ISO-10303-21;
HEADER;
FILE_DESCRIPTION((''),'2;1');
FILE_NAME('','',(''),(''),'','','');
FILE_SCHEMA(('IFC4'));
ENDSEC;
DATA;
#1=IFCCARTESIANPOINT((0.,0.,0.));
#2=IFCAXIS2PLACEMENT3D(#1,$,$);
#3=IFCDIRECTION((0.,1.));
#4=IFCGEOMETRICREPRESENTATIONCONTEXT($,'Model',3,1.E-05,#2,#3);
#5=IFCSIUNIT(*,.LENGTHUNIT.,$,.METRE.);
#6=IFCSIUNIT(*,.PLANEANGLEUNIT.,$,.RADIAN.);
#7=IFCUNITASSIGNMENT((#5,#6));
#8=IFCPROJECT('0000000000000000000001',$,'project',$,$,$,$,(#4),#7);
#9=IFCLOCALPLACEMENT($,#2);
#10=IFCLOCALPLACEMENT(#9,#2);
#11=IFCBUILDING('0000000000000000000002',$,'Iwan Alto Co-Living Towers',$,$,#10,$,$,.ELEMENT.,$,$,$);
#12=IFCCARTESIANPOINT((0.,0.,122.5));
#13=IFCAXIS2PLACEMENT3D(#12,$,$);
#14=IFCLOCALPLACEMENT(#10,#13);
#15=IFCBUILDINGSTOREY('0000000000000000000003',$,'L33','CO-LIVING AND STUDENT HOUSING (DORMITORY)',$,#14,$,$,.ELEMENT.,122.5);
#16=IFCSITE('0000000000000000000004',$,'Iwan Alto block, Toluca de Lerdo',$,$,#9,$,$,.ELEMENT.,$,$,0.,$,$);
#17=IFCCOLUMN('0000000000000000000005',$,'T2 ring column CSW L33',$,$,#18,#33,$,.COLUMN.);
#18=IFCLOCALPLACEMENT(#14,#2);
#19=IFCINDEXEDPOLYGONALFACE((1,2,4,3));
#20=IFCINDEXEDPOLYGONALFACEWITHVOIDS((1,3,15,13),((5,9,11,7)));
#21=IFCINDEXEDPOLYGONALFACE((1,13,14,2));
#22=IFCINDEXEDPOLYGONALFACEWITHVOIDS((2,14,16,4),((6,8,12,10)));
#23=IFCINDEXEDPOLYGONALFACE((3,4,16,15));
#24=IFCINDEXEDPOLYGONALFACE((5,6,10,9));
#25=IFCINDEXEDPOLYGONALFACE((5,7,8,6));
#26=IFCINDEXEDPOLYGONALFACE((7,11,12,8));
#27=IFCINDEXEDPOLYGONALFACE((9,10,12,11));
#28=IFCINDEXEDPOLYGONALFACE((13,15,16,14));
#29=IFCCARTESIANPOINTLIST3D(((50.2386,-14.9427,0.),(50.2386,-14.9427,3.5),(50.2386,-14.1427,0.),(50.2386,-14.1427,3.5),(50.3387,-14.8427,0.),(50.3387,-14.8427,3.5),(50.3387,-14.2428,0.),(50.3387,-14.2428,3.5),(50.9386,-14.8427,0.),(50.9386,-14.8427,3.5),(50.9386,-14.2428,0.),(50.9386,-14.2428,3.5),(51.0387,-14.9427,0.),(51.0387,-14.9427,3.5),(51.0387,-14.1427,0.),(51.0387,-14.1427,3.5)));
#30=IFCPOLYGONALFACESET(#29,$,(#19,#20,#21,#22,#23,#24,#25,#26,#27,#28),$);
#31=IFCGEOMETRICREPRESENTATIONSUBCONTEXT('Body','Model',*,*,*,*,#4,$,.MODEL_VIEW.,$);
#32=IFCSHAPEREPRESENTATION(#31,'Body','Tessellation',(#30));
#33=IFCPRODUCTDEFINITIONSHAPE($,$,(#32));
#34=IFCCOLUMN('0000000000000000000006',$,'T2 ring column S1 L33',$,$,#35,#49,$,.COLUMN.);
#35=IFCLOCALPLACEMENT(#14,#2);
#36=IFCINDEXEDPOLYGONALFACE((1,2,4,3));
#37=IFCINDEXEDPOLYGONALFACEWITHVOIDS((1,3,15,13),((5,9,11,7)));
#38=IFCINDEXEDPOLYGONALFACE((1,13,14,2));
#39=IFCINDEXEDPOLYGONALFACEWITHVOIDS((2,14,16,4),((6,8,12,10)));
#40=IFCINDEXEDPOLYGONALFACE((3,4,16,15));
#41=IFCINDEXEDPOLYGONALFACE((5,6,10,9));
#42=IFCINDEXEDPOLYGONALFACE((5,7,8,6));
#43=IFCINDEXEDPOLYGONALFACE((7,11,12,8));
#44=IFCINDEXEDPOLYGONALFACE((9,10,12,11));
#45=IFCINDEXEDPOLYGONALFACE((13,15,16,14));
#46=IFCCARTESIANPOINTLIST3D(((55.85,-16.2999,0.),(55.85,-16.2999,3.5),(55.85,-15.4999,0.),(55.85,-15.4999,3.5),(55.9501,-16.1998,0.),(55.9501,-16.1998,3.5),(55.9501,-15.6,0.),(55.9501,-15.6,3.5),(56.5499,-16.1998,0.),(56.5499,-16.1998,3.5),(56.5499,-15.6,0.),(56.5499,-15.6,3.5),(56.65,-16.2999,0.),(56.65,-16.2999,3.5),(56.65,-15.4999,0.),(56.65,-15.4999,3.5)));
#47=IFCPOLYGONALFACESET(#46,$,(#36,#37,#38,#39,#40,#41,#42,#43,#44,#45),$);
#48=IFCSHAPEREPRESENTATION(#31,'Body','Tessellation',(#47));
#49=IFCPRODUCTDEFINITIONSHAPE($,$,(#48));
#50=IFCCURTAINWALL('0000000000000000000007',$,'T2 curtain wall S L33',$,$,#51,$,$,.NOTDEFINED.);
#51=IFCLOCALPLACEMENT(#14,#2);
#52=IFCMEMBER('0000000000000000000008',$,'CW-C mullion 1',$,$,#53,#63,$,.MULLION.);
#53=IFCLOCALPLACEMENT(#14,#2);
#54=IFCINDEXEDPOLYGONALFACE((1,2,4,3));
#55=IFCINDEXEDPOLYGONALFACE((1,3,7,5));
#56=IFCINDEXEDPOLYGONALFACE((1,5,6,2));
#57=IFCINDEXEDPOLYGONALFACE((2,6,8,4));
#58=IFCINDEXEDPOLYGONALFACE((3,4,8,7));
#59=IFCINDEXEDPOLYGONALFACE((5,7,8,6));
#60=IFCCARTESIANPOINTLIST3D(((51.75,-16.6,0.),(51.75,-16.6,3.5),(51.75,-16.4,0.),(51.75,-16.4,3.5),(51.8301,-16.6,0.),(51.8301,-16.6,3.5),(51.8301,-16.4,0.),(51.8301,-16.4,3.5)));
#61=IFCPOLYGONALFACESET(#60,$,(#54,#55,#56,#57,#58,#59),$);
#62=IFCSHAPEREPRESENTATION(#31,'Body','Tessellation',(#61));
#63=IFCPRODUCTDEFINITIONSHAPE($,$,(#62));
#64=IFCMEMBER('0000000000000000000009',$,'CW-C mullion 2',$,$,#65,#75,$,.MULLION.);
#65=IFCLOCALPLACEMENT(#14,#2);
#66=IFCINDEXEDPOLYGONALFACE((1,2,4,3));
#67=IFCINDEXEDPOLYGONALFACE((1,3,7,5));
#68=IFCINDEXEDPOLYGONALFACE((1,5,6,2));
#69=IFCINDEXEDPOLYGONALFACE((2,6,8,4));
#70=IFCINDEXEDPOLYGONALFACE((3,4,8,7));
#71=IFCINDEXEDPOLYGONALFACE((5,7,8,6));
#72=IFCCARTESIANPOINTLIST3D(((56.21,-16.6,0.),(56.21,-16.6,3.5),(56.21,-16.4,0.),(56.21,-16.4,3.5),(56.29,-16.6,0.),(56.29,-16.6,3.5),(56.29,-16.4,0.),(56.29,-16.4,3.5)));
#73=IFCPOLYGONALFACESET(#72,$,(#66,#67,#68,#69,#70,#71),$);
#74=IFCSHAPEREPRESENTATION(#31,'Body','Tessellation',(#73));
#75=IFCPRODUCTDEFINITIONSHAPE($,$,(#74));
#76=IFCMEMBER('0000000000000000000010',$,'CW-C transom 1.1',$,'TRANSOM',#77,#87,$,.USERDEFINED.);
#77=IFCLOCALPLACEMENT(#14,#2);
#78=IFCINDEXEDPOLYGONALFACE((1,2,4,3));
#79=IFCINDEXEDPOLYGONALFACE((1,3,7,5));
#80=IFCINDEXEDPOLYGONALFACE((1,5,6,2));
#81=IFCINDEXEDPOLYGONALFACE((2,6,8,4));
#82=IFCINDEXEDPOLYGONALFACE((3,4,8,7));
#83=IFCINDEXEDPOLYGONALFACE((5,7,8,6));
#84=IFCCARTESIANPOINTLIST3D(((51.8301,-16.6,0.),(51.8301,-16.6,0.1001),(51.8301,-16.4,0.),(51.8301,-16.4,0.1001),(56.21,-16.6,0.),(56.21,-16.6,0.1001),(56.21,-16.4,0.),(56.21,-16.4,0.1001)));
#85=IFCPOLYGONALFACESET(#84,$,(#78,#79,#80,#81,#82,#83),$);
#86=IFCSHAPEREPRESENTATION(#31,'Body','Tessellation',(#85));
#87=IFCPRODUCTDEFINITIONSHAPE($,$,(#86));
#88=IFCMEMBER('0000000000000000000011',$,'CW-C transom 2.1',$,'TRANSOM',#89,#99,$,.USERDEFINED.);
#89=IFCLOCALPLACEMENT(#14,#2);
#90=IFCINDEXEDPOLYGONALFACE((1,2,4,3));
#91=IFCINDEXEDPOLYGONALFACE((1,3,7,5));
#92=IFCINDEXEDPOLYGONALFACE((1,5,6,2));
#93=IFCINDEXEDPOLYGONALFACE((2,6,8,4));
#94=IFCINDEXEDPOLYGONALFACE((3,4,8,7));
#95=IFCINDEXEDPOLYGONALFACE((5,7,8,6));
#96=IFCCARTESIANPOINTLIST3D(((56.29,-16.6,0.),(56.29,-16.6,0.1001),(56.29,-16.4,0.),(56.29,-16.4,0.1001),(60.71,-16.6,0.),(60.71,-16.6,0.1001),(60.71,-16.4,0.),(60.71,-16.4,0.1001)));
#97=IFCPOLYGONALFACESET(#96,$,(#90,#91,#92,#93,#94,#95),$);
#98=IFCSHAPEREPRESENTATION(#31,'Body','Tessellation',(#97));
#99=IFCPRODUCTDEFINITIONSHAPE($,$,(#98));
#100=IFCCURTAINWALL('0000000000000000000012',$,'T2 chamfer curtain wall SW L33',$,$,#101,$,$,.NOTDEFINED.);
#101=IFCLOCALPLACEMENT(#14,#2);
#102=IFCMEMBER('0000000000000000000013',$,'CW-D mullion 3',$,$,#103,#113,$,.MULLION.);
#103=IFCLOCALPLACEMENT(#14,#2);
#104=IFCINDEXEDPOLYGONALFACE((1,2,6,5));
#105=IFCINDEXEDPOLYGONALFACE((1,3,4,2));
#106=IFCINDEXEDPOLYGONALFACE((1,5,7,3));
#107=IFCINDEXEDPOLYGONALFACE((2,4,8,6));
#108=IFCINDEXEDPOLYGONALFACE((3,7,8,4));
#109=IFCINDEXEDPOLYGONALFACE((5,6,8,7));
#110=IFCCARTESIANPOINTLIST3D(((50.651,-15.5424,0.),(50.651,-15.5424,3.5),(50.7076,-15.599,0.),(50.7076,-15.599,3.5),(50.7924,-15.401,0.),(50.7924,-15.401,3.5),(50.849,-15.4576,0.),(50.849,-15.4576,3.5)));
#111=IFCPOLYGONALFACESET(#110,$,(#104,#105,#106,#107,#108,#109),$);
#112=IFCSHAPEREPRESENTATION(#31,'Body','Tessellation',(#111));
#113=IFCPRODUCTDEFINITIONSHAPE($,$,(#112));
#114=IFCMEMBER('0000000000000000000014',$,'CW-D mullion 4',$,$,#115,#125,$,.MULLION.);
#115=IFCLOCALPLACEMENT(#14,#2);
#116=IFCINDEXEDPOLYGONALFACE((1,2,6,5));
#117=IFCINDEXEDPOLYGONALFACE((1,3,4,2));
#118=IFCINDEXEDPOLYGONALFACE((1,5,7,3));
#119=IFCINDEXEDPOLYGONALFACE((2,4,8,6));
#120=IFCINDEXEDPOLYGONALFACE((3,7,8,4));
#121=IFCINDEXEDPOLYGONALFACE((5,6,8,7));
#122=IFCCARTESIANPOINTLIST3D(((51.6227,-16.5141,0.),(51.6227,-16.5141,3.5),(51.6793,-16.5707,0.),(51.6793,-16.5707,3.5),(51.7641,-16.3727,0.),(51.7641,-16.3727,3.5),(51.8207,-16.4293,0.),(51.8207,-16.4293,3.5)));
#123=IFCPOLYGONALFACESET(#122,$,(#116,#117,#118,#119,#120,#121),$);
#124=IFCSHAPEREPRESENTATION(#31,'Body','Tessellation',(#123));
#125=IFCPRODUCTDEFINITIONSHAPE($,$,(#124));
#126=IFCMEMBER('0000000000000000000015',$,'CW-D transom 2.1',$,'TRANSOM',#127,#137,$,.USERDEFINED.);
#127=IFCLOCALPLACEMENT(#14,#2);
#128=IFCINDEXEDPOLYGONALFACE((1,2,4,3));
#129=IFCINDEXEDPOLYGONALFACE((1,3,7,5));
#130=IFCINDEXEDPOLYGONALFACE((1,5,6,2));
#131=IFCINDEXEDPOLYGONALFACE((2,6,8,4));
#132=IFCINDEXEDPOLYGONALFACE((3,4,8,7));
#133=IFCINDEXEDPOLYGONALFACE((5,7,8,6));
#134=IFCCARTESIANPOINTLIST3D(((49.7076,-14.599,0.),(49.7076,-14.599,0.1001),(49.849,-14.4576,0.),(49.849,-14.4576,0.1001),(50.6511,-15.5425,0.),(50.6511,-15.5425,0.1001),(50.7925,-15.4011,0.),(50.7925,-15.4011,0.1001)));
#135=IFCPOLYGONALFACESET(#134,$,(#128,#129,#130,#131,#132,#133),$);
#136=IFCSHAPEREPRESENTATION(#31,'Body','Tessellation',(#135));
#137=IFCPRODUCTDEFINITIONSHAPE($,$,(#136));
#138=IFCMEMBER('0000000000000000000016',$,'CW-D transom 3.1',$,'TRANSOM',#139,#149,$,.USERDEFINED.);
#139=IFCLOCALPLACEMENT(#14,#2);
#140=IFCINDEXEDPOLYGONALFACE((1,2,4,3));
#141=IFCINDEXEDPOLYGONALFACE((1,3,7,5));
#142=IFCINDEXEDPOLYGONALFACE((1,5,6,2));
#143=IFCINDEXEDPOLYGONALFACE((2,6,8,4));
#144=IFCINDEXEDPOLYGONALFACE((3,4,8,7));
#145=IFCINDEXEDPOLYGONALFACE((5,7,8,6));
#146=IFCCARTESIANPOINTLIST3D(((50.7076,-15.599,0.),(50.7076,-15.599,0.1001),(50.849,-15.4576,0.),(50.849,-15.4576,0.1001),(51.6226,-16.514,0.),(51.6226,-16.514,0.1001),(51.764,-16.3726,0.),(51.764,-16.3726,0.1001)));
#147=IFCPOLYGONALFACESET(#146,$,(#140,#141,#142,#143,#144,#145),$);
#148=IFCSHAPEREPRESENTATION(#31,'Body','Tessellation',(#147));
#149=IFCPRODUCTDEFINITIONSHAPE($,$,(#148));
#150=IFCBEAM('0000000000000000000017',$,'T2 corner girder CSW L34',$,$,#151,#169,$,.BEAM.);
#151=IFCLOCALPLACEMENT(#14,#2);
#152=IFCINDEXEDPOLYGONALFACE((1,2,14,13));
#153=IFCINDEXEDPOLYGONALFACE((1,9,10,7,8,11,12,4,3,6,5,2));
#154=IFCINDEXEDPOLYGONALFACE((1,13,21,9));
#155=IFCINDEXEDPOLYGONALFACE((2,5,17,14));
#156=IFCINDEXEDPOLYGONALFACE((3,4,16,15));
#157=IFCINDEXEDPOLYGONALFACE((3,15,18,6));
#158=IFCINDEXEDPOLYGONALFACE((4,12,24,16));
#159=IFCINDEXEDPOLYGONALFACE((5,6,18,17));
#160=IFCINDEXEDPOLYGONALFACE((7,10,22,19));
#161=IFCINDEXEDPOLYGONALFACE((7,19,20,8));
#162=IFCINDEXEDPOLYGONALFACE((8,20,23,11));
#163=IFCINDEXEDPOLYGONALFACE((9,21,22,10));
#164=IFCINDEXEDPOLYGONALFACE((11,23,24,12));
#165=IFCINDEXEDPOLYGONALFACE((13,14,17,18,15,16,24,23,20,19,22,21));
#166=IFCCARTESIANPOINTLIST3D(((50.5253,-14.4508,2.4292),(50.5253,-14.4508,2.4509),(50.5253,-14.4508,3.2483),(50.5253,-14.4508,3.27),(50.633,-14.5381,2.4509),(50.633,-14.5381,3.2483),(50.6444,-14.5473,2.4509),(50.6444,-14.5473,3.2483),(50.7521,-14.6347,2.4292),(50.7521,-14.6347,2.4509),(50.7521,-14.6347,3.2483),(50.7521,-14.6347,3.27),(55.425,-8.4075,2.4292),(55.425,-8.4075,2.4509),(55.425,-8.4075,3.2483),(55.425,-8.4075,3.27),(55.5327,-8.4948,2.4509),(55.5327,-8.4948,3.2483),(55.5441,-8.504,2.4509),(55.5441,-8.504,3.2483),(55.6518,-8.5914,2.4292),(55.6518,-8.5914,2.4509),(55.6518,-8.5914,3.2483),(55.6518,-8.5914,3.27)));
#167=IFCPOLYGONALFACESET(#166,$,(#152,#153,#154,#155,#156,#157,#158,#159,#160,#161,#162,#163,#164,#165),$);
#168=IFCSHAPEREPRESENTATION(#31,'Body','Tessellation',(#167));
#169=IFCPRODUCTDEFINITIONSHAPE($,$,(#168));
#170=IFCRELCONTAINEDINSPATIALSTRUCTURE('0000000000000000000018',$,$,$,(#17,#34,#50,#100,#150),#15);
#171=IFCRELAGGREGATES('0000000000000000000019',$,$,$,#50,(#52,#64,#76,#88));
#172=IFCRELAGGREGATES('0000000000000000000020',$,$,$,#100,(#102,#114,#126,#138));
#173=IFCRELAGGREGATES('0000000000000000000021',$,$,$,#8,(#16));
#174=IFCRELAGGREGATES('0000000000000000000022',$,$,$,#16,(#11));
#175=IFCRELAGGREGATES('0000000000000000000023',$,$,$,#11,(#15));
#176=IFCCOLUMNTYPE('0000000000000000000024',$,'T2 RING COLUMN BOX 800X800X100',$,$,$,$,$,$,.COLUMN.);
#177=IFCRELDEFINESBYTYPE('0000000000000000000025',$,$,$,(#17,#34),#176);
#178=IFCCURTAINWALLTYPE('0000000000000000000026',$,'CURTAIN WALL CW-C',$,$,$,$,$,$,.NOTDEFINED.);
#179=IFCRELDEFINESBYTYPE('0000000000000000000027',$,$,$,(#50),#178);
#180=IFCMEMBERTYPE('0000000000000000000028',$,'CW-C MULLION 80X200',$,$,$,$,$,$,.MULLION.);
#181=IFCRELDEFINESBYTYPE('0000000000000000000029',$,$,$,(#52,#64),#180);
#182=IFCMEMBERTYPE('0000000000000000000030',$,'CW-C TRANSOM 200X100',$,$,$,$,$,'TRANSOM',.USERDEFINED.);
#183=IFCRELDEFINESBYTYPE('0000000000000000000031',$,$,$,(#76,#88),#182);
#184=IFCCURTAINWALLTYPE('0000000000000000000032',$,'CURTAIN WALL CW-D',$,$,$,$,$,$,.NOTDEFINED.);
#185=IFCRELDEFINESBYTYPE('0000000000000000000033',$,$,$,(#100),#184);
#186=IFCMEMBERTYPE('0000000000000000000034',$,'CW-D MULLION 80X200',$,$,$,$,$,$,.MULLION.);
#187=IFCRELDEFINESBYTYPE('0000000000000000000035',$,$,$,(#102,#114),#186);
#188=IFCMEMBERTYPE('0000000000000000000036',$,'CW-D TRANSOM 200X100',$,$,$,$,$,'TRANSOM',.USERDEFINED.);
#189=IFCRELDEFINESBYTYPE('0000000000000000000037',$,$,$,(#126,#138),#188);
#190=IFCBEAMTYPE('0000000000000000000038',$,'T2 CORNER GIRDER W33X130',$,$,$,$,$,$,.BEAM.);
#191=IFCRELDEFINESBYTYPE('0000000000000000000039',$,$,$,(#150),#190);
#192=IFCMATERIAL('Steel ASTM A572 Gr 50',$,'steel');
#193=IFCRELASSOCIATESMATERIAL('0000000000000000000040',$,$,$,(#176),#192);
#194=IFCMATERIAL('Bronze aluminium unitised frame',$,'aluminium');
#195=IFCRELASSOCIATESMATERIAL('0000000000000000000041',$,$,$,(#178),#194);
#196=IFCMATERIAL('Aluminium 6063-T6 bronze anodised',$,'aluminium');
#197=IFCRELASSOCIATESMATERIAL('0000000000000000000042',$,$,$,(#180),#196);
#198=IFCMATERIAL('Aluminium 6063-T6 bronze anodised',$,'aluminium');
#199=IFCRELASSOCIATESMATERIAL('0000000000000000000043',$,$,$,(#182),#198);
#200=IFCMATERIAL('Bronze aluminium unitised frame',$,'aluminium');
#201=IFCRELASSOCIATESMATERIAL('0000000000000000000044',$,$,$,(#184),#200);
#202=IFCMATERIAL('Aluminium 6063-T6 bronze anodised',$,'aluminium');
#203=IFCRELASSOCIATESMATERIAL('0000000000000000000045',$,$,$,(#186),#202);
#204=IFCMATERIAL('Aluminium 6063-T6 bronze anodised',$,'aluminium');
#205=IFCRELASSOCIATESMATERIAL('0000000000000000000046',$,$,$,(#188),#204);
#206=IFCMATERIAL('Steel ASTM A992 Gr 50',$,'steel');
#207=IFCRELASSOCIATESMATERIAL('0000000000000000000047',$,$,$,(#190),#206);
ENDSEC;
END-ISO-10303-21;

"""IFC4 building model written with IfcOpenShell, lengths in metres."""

from ifc_helpers import new_model, si_unit, direction, frame, origin, origin_2d, place, context, subcontext, project, spatial, rectangle, hollow_rectangle, i_section, extrude, material, material_profile, profile_set, type_object, element, aggregate, save


model = new_model("IFC4")

# Units and contexts
model_context = context("Model", 3, precision=1e-05, world=origin(), true_north=direction((0.0, 1.0)))
body_context = subcontext(model_context, "Body", "Model", "MODEL_VIEW")
ifc_project = project(units=[si_unit("LENGTHUNIT", "METRE"), si_unit("PLANEANGLEUNIT", "RADIAN")], contexts=[model_context])

# Site, building, storey
site_placement = place(None, origin())
site = spatial("IfcSite", under=ifc_project, at=site_placement, Name="Iwan Alto block, Toluca de Lerdo", CompositionType="ELEMENT", RefElevation=0.0)
building_placement = place(site_placement, origin())
building = spatial("IfcBuilding", under=site, at=building_placement, Name="Iwan Alto Co-Living Towers", CompositionType="ELEMENT")
storey_placement = place(building_placement, frame((0.0, 0.0, 122.5)))
storey = spatial("IfcBuildingStorey", under=building, at=storey_placement, Name="L33", Description="CO-LIVING AND STUDENT HOUSING (DORMITORY)", CompositionType="ELEMENT", Elevation=122.5)

# Columns
ifc_material_1 = material(Name="Steel ASTM A572 Gr 50", Category="steel")
ifc_material_profile_1 = material_profile(ifc_material_1, hollow_rectangle(XDim=0.8, YDim=0.8, WallThickness=0.1001, at=origin_2d()), Name="BOX 800X800X100")
ifc_profile_set_1 = profile_set([ifc_material_profile_1], Name="Steel ASTM A572 Gr 50")
column_type = type_object("IfcColumnType", Name="T2 RING COLUMN BOX 800X800X100", PredefinedType="COLUMN", material=ifc_profile_set_1)
for number, where, z_axis, x_axis, name in (
    (1, (50.6387, -14.5427, 0.0), (0.0, 0.0, 1.0), (1.0, 0.0, 0.0), "T2 ring column CSW L33"),
    (2, (56.25, -15.8999, 0.0), (0.0, 0.0, 1.0), (1.0, 0.0, 0.0), "T2 ring column S1 L33"),
):
    element("IfcColumn", number, at=place(storey_placement, frame(where, z_axis=z_axis, x_axis=x_axis)), inside=storey, type_object=column_type, Name=name, PredefinedType="COLUMN", context=body_context, shape_type="SweptSolid", body=[
        extrude(hollow_rectangle(XDim=0.8, YDim=0.8, WallThickness=0.1001, at=origin_2d()), origin(), (0.0, 0.0, 1.0), 3.5),
    ])

# Curtain walls, members
ifc_material_2 = material(Name="Bronze aluminium unitised frame", Category="aluminium")
curtain_wall_type_1 = type_object("IfcCurtainWallType", Name="CURTAIN WALL CW-C", PredefinedType="NOTDEFINED", material=ifc_material_2)
curtain_wall_1_placement = place(storey_placement, origin())
curtain_wall_1 = element("IfcCurtainWall", 3, at=curtain_wall_1_placement, inside=storey, type_object=curtain_wall_type_1, Name="T2 curtain wall S L33", PredefinedType="NOTDEFINED")
ifc_material_3 = material(Name="Aluminium 6063-T6 bronze anodised", Category="aluminium")
ifc_material_profile_2 = material_profile(ifc_material_3, rectangle(XDim=0.2, YDim=0.0801, at=origin_2d()), Name="AL 80X200")
ifc_profile_set_2 = profile_set([ifc_material_profile_2], Name="Aluminium 6063-T6 bronze anodised")
member_type_1 = type_object("IfcMemberType", Name="CW-C MULLION 80X200", PredefinedType="MULLION", material=ifc_profile_set_2)
member_1_placement = place(storey_placement, frame((51.79, -16.5, 0.0), z_axis=(0.0, 0.0, 1.0), x_axis=(0.0, 1.0, 0.0)))
member_1 = element("IfcMember", 4, at=member_1_placement, type_object=member_type_1, Name="CW-C mullion 1", PredefinedType="MULLION", context=body_context, shape_type="SweptSolid", body=[
    extrude(rectangle(XDim=0.2, YDim=0.0801, at=origin_2d()), origin(), (0.0, 0.0, 1.0), 3.5),
])
member_2_placement = place(storey_placement, frame((56.25, -16.5, 0.0), z_axis=(0.0, 0.0, 1.0), x_axis=(0.0, 1.0, 0.0)))
member_2 = element("IfcMember", 5, at=member_2_placement, type_object=member_type_1, Name="CW-C mullion 2", PredefinedType="MULLION", context=body_context, shape_type="SweptSolid", body=[
    extrude(rectangle(XDim=0.2, YDim=0.0801, at=origin_2d()), origin(), (0.0, 0.0, 1.0), 3.5),
])
ifc_material_4 = material(Name="Aluminium 6063-T6 bronze anodised", Category="aluminium")
ifc_material_profile_3 = material_profile(ifc_material_4, rectangle(XDim=0.2, YDim=0.1001, at=origin_2d()), Name="AL 200X100")
ifc_profile_set_3 = profile_set([ifc_material_profile_3], Name="Aluminium 6063-T6 bronze anodised")
member_type_2 = type_object("IfcMemberType", Name="CW-C TRANSOM 200X100", ElementType="TRANSOM", PredefinedType="USERDEFINED", material=ifc_profile_set_3)
member_3_placement = place(storey_placement, frame((51.8301, -16.5, 0.05), z_axis=(1.0, 0.0, 0.0), x_axis=(0.0, 1.0, 0.0)))
member_3 = element("IfcMember", 6, at=member_3_placement, type_object=member_type_2, Name="CW-C transom 1.1", ObjectType="TRANSOM", PredefinedType="USERDEFINED", context=body_context, shape_type="SweptSolid", body=[
    extrude(rectangle(XDim=0.2, YDim=0.1001, at=origin_2d()), origin(), (0.0, 0.0, 1.0), 4.3799),
])
member_4_placement = place(storey_placement, frame((56.29, -16.5, 0.05), z_axis=(1.0, 0.0, 0.0), x_axis=(0.0, 1.0, 0.0)))
member_4 = element("IfcMember", 7, at=member_4_placement, type_object=member_type_2, Name="CW-C transom 2.1", ObjectType="TRANSOM", PredefinedType="USERDEFINED", context=body_context, shape_type="SweptSolid", body=[
    extrude(rectangle(XDim=0.2, YDim=0.1001, at=origin_2d()), origin(), (0.0, 0.0, 1.0), 4.4199),
])
ifc_material_5 = material(Name="Bronze aluminium unitised frame", Category="aluminium")
curtain_wall_type_2 = type_object("IfcCurtainWallType", Name="CURTAIN WALL CW-D", PredefinedType="NOTDEFINED", material=ifc_material_5)
curtain_wall_2_placement = place(storey_placement, origin())
curtain_wall_2 = element("IfcCurtainWall", 8, at=curtain_wall_2_placement, inside=storey, type_object=curtain_wall_type_2, Name="T2 chamfer curtain wall SW L33", PredefinedType="NOTDEFINED")
ifc_material_6 = material(Name="Aluminium 6063-T6 bronze anodised", Category="aluminium")
ifc_material_profile_4 = material_profile(ifc_material_6, rectangle(XDim=0.2, YDim=0.0801, at=origin_2d()), Name="AL 80X200")
ifc_profile_set_4 = profile_set([ifc_material_profile_4], Name="Aluminium 6063-T6 bronze anodised")
member_type_3 = type_object("IfcMemberType", Name="CW-D MULLION 80X200", PredefinedType="MULLION", material=ifc_profile_set_4)
member_5_placement = place(storey_placement, frame((50.75, -15.5, 0.0), z_axis=(0.0, 0.0, 1.0), x_axis=(0.707107, 0.707107, 0.0)))
member_5 = element("IfcMember", 9, at=member_5_placement, type_object=member_type_3, Name="CW-D mullion 3", PredefinedType="MULLION", context=body_context, shape_type="SweptSolid", body=[
    extrude(rectangle(XDim=0.2, YDim=0.0801, at=origin_2d()), origin(), (0.0, 0.0, 1.0), 3.5),
])
member_6_placement = place(storey_placement, frame((51.7217, -16.4717, 0.0), z_axis=(0.0, 0.0, 1.0), x_axis=(0.707107, 0.707107, 0.0)))
member_6 = element("IfcMember", 10, at=member_6_placement, type_object=member_type_3, Name="CW-D mullion 4", PredefinedType="MULLION", context=body_context, shape_type="SweptSolid", body=[
    extrude(rectangle(XDim=0.2, YDim=0.0801, at=origin_2d()), origin(), (0.0, 0.0, 1.0), 3.5),
])
ifc_material_7 = material(Name="Aluminium 6063-T6 bronze anodised", Category="aluminium")
ifc_material_profile_5 = material_profile(ifc_material_7, rectangle(XDim=0.2, YDim=0.1001, at=origin_2d()), Name="AL 200X100")
ifc_profile_set_5 = profile_set([ifc_material_profile_5], Name="Aluminium 6063-T6 bronze anodised")
member_type_4 = type_object("IfcMemberType", Name="CW-D TRANSOM 200X100", ElementType="TRANSOM", PredefinedType="USERDEFINED", material=ifc_profile_set_5)
member_7_placement = place(storey_placement, frame((49.7783, -14.5283, 0.05), z_axis=(0.707107, -0.707107, 0.0), x_axis=(0.707107, 0.707107, 0.0)))
member_7 = element("IfcMember", 11, at=member_7_placement, type_object=member_type_4, Name="CW-D transom 2.1", ObjectType="TRANSOM", PredefinedType="USERDEFINED", context=body_context, shape_type="SweptSolid", body=[
    extrude(rectangle(XDim=0.2, YDim=0.1001, at=origin_2d()), origin(), (0.0, 0.0, 1.0), 1.3342),
])
member_8_placement = place(storey_placement, frame((50.7783, -15.5283, 0.05), z_axis=(0.707107, -0.707107, 0.0), x_axis=(0.707107, 0.707107, 0.0)))
member_8 = element("IfcMember", 12, at=member_8_placement, type_object=member_type_4, Name="CW-D transom 3.1", ObjectType="TRANSOM", PredefinedType="USERDEFINED", context=body_context, shape_type="SweptSolid", body=[
    extrude(rectangle(XDim=0.2, YDim=0.1001, at=origin_2d()), origin(), (0.0, 0.0, 1.0), 1.2939),
])

# Beam
ifc_material_8 = material(Name="Steel ASTM A992 Gr 50", Category="steel")
ifc_material_profile_6 = material_profile(ifc_material_8, i_section(OverallWidth=0.292, OverallDepth=0.8408, WebThickness=0.0146, FlangeThickness=0.0217, at=origin_2d()), Name="W33X130")
ifc_profile_set_6 = profile_set([ifc_material_profile_6], Name="Steel ASTM A992 Gr 50")
beam_type_1 = type_object("IfcBeamType", Name="T2 CORNER GIRDER W33X130", PredefinedType="BEAM", material=ifc_profile_set_6)
beam_1_placement = place(storey_placement, frame((50.6387, -14.5427, 2.8496), z_axis=(0.629783, 0.776771, 0.0), x_axis=(-0.776771, 0.629783, 0.0)))
element("IfcBeam", 13, at=beam_1_placement, inside=storey, type_object=beam_type_1, Name="T2 corner girder CSW L34", PredefinedType="BEAM", context=body_context, shape_type="SweptSolid", body=[
    extrude(i_section(OverallWidth=0.292, OverallDepth=0.8408, WebThickness=0.0146, FlangeThickness=0.0217, at=origin_2d()), origin(), (0.0, 0.0, 1.0), 7.78),
])

aggregate(curtain_wall_1, [member_1, member_2, member_3, member_4])
aggregate(curtain_wall_2, [member_5, member_6, member_7, member_8])

save(model, "model.ifc")
